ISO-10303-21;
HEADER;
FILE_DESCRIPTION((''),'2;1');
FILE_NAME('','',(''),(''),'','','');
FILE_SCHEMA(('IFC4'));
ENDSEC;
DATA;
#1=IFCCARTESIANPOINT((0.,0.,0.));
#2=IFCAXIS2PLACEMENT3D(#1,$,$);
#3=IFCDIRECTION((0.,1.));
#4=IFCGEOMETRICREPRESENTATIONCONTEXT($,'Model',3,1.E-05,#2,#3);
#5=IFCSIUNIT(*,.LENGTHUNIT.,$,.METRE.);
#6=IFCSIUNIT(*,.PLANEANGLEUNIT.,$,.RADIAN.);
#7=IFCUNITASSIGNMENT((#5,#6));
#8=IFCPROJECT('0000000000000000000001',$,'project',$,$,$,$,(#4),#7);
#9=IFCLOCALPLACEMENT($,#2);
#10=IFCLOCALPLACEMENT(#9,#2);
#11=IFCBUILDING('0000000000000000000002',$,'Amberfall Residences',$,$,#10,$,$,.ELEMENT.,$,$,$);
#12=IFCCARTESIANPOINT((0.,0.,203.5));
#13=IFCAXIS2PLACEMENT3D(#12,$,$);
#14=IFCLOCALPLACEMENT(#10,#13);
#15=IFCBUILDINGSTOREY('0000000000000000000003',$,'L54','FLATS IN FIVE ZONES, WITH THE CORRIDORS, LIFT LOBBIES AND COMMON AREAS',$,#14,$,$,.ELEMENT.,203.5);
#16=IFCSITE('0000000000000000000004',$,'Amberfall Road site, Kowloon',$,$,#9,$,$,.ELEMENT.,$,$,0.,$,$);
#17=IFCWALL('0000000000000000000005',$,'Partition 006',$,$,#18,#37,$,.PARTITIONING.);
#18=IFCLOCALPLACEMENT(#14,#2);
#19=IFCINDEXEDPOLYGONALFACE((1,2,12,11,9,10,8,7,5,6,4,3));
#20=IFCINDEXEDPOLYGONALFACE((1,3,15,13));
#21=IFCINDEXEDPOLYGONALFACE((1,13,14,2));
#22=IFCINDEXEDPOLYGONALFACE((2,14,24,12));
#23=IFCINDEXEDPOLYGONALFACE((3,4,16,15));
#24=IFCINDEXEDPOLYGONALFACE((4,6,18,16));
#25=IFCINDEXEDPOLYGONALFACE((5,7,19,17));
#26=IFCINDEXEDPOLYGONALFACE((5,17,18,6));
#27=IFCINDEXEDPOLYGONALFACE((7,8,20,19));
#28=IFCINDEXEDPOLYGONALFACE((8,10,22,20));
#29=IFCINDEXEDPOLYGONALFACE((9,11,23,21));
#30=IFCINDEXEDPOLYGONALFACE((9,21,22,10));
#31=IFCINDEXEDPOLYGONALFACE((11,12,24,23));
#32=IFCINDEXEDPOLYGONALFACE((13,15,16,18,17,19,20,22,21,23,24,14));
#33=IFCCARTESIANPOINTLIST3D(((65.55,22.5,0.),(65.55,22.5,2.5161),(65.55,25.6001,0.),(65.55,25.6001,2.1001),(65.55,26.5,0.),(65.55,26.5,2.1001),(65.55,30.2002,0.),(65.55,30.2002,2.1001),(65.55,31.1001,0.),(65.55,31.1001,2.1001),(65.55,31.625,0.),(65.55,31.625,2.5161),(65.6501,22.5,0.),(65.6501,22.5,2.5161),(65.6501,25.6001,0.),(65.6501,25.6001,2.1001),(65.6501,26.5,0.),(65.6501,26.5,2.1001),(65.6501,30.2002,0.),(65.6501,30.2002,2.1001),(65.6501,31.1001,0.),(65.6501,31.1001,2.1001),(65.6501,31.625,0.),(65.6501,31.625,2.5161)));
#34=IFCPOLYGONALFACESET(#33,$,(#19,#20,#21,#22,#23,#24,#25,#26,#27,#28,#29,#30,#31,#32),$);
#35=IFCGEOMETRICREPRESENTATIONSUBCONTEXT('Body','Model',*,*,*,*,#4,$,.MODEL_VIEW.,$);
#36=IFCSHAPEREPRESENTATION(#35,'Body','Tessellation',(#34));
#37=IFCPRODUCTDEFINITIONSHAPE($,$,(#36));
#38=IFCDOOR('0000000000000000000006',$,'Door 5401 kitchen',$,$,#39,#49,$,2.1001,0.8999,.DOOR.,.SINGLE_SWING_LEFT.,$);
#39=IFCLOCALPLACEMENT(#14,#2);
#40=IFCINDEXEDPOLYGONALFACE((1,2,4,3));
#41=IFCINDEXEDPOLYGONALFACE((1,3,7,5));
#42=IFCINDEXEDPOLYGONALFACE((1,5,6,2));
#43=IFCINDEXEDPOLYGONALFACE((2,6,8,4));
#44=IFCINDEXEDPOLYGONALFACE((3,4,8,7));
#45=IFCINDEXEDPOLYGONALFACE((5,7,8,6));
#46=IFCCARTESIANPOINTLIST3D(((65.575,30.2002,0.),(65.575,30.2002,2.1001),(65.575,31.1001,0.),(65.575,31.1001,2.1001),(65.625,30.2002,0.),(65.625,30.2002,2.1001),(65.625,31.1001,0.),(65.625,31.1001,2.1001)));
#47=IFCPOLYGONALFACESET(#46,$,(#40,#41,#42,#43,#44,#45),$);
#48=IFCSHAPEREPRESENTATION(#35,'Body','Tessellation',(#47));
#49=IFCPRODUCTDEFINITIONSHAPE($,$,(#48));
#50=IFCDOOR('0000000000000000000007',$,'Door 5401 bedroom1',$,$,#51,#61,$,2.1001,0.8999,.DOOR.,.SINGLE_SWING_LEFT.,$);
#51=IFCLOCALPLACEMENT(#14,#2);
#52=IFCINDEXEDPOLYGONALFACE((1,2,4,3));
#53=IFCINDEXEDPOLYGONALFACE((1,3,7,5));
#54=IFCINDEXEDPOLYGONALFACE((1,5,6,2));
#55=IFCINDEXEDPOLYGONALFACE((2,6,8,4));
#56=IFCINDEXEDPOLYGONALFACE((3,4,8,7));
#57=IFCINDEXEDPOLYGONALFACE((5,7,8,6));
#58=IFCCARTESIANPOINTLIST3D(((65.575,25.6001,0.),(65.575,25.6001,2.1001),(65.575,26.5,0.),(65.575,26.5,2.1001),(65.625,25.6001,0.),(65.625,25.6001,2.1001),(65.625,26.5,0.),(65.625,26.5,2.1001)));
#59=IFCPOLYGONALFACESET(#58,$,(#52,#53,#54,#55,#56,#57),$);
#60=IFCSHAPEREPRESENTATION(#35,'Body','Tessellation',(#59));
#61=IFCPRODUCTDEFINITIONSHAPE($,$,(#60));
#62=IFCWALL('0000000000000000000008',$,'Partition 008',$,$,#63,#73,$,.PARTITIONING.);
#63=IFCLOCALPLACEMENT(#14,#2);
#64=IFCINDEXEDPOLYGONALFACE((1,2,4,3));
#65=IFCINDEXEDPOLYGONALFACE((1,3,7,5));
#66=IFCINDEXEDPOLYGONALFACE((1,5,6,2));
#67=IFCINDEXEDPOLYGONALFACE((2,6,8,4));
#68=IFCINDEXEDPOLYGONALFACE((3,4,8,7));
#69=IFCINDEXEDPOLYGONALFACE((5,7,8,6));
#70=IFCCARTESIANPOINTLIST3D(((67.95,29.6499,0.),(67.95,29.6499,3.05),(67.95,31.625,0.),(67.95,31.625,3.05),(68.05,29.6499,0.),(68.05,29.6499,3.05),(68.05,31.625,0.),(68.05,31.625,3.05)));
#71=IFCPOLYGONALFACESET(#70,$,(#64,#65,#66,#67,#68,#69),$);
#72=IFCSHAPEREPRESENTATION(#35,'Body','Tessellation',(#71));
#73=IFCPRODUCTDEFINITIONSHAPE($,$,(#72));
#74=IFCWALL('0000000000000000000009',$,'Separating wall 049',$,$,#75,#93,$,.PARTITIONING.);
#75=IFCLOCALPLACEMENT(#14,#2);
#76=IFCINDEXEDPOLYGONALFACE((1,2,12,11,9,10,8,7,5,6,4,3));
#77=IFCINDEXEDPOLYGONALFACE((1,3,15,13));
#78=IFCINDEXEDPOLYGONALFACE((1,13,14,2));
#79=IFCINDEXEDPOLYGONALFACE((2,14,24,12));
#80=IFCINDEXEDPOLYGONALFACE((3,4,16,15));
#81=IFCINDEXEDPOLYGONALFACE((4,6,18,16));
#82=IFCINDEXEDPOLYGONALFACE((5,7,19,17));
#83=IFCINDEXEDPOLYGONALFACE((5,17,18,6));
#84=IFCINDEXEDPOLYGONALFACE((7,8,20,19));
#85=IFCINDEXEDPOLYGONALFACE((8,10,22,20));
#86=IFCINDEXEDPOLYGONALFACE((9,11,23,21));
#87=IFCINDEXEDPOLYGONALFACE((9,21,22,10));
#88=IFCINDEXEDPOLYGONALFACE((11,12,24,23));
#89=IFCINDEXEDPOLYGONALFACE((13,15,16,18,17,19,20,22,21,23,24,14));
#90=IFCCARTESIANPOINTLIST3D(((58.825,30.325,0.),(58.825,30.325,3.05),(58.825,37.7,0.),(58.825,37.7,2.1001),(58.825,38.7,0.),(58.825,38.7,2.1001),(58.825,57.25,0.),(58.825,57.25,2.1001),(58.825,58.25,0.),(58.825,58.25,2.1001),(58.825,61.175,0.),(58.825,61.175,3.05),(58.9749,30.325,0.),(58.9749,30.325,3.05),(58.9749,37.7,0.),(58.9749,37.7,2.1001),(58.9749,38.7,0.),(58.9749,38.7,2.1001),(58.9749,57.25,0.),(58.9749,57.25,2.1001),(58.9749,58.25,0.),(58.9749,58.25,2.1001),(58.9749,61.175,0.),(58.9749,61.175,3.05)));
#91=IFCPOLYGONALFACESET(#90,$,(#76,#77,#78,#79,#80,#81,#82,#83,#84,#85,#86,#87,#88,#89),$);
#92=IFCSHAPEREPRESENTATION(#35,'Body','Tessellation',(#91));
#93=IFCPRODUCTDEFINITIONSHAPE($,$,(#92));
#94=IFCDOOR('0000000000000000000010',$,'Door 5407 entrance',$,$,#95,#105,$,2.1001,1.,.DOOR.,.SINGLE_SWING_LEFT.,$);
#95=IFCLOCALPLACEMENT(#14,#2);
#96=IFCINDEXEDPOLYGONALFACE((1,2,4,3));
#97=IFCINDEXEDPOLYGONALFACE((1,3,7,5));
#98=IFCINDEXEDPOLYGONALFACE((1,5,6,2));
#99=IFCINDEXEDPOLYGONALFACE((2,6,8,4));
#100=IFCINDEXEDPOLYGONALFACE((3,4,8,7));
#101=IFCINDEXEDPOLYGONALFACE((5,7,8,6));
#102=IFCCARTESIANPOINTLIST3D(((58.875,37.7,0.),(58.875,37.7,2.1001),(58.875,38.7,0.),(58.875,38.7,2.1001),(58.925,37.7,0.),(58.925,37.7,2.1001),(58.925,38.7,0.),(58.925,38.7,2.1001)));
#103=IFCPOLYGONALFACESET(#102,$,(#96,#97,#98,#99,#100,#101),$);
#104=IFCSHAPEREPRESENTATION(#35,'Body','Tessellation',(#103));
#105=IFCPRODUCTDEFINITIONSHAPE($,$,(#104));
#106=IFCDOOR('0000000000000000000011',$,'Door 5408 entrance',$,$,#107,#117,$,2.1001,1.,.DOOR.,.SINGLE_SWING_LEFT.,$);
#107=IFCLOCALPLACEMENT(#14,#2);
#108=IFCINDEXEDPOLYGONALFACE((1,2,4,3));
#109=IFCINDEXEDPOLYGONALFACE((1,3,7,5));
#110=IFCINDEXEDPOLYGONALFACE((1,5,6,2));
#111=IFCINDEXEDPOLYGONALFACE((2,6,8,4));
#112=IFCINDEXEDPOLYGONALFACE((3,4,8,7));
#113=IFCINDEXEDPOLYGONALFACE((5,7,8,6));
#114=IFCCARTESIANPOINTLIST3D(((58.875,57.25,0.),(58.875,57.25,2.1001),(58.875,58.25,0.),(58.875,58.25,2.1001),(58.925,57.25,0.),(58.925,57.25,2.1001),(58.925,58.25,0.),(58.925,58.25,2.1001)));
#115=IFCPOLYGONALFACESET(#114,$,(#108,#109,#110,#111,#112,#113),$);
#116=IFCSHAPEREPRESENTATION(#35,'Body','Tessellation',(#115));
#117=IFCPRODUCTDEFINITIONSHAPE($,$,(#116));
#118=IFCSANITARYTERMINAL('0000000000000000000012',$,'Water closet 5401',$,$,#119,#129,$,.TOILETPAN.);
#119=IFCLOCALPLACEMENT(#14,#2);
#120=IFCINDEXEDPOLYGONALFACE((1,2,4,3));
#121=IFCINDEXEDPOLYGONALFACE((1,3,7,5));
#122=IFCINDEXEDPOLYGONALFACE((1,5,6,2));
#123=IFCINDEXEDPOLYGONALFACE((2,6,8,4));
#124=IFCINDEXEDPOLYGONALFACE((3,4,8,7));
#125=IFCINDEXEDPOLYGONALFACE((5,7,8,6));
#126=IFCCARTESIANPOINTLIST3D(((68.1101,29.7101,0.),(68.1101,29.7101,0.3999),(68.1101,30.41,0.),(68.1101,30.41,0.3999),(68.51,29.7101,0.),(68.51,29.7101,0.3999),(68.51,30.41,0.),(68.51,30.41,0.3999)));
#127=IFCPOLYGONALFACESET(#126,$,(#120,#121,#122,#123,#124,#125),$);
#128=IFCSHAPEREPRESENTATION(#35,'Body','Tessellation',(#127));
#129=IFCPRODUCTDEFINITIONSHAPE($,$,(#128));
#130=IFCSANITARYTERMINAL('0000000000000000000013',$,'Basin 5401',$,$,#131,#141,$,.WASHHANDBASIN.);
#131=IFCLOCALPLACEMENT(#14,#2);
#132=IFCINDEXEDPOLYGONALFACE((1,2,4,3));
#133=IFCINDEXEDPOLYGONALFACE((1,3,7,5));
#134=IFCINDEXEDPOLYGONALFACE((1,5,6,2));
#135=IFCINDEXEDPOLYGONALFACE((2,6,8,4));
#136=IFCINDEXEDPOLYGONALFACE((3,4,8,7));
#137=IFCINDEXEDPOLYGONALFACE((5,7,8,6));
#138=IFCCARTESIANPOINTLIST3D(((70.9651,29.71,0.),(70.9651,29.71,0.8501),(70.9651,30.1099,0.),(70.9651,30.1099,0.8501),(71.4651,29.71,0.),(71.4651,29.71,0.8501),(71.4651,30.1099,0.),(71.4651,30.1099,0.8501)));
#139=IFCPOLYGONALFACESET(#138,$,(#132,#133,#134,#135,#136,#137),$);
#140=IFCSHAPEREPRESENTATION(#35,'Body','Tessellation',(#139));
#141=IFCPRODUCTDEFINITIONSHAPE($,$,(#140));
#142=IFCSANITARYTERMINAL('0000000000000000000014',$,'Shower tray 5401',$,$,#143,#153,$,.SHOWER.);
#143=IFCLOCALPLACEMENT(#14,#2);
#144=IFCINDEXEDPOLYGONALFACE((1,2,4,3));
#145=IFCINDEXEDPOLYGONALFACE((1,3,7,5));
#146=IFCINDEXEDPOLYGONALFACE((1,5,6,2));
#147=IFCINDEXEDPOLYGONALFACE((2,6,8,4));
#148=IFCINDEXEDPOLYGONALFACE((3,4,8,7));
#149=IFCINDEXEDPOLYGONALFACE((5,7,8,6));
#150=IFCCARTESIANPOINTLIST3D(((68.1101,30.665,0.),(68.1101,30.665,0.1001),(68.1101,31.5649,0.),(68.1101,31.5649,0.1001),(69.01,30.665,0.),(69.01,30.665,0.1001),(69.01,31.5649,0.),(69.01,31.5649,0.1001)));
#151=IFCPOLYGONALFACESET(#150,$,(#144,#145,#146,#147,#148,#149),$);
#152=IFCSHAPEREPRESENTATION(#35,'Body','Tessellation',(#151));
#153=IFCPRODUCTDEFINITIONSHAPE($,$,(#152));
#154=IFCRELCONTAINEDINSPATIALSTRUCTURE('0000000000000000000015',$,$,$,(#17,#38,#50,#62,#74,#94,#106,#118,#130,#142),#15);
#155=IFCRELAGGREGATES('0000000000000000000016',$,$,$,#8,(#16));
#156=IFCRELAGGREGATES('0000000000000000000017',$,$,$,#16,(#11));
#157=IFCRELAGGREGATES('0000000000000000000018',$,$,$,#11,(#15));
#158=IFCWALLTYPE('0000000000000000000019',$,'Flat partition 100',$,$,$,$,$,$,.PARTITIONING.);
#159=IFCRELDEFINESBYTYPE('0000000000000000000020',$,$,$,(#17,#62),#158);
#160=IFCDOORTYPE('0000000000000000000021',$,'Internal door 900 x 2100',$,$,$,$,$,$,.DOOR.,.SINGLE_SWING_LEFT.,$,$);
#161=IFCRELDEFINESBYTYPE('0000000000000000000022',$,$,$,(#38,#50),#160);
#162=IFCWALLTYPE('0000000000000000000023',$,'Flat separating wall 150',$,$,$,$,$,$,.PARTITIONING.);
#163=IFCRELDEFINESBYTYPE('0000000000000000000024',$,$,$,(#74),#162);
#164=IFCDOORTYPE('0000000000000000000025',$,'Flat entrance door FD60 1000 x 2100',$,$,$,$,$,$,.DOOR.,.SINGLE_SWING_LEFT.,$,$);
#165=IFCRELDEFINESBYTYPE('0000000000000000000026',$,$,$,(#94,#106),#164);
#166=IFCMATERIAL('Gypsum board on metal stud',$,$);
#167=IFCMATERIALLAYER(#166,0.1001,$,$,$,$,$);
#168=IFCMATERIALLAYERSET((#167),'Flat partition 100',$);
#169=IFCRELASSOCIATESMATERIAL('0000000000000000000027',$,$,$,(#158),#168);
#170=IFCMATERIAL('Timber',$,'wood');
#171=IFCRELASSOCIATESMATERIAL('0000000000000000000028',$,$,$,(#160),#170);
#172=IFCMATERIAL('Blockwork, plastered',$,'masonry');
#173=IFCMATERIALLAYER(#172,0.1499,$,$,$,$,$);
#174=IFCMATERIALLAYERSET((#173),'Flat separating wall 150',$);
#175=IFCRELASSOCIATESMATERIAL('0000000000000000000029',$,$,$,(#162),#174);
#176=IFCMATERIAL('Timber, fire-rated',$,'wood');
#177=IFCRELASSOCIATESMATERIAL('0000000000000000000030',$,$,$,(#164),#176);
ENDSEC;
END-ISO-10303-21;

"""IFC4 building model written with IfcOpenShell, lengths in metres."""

from ifc_helpers import new_model, si_unit, direction, frame, frame_2d, origin, origin_2d, place, context, subcontext, project, spatial, rectangle, extrude, material, layer, layer_set, type_object, element, fill, save


model = new_model("IFC4")

# Units and contexts
model_context = context("Model", 3, precision=1e-05, world=origin(), true_north=direction((0.0, 1.0)))
body_context = subcontext(model_context, "Body", "Model", "MODEL_VIEW")
ifc_project = project(units=[si_unit("LENGTHUNIT", "METRE"), si_unit("PLANEANGLEUNIT", "RADIAN")], contexts=[model_context])

# Site, building, storey
site_placement = place(None, origin())
site = spatial("IfcSite", under=ifc_project, at=site_placement, Name="Amberfall Road site, Kowloon", CompositionType="ELEMENT", RefElevation=0.0)
building_placement = place(site_placement, origin())
building = spatial("IfcBuilding", under=site, at=building_placement, Name="Amberfall Residences", CompositionType="ELEMENT")
storey_placement = place(building_placement, frame((0.0, 0.0, 203.5)))
storey = spatial("IfcBuildingStorey", under=building, at=storey_placement, Name="L54", Description="FLATS IN FIVE ZONES, WITH THE CORRIDORS, LIFT LOBBIES AND COMMON AREAS", CompositionType="ELEMENT", Elevation=203.5)

# Wall, openings, doors
ifc_material_1 = material(Name="Gypsum board on metal stud")
ifc_layer_1 = layer(ifc_material_1, 0.1001)
ifc_layer_set_1 = layer_set([ifc_layer_1], Name="Flat partition 100")
wall_type_1 = type_object("IfcWallType", Name="Flat partition 100", PredefinedType="PARTITIONING", material=ifc_layer_set_1)
wall_1_placement = place(storey_placement, frame((65.6001, 31.625, 0.0), z_axis=(0.0, 0.0, 1.0), x_axis=(0.0, -1.0, 0.0)))
wall_1 = element("IfcWall", 1, at=wall_1_placement, inside=storey, type_object=wall_type_1, Name="Partition 006", PredefinedType="PARTITIONING", context=body_context, shape_type="SweptSolid", body=[
    extrude(rectangle(XDim=9.125, YDim=0.1001, at=frame_2d((4.5625, 0.0))), origin(), (0.0, 0.0, 1.0), 2.5161),
])
opening_1_placement = place(wall_1_placement, frame((0.5249, 0.0, 0.0)))
opening_1 = element("IfcOpeningElement", 2, at=opening_1_placement, cuts=wall_1, PredefinedType="OPENING", context=body_context, shape_type="SweptSolid", body=[
    extrude(rectangle(XDim=0.8999, YDim=2.1001, at=frame_2d((0.45, 1.05))), frame((0.0, 0.0601, 0.0), z_axis=(0.0, -1.0, 0.0), x_axis=(1.0, 0.0, 0.0)), (0.0, 0.0, 1.0), 0.1201),
])
opening_2_placement = place(wall_1_placement, frame((5.125, 0.0, 0.0)))
opening_2 = element("IfcOpeningElement", 3, at=opening_2_placement, cuts=wall_1, PredefinedType="OPENING", context=body_context, shape_type="SweptSolid", body=[
    extrude(rectangle(XDim=0.8999, YDim=2.1001, at=frame_2d((0.45, 1.05))), frame((0.0, 0.0601, 0.0), z_axis=(0.0, -1.0, 0.0), x_axis=(1.0, 0.0, 0.0)), (0.0, 0.0, 1.0), 0.1201),
])
ifc_material_2 = material(Name="Timber", Category="wood")
door_type_1 = type_object("IfcDoorType", Name="Internal door 900 x 2100", OperationType="SINGLE_SWING_LEFT", PredefinedType="DOOR", material=ifc_material_2)
door_1_placement = place(opening_1_placement, origin())
door_1 = element("IfcDoor", 4, at=door_1_placement, inside=storey, type_object=door_type_1, Name="Door 5401 kitchen", OperationType="SINGLE_SWING_LEFT", OverallHeight=2.1001, OverallWidth=0.8999, PredefinedType="DOOR", context=body_context, shape_type="SweptSolid", body=[
    extrude(rectangle(XDim=0.8999, YDim=2.1001, at=frame_2d((0.45, 1.05))), frame((0.0, 0.0249, 0.0), z_axis=(0.0, -1.0, 0.0), x_axis=(1.0, 0.0, 0.0)), (0.0, 0.0, 1.0), 0.05),
])
fill(opening_1, door_1)
door_2_placement = place(opening_2_placement, origin())
door_2 = element("IfcDoor", 5, at=door_2_placement, inside=storey, type_object=door_type_1, Name="Door 5401 bedroom1", OperationType="SINGLE_SWING_LEFT", OverallHeight=2.1001, OverallWidth=0.8999, PredefinedType="DOOR", context=body_context, shape_type="SweptSolid", body=[
    extrude(rectangle(XDim=0.8999, YDim=2.1001, at=frame_2d((0.45, 1.05))), frame((0.0, 0.0249, 0.0), z_axis=(0.0, -1.0, 0.0), x_axis=(1.0, 0.0, 0.0)), (0.0, 0.0, 1.0), 0.05),
])
fill(opening_2, door_2)

# Wall
wall_2_placement = place(storey_placement, frame((68.0, 29.6499, 0.0), z_axis=(0.0, 0.0, 1.0), x_axis=(0.0, 1.0, 0.0)))
element("IfcWall", 6, at=wall_2_placement, inside=storey, type_object=wall_type_1, Name="Partition 008", PredefinedType="PARTITIONING", context=body_context, shape_type="SweptSolid", body=[
    extrude(rectangle(XDim=1.9751, YDim=0.1001, at=frame_2d((0.9875, 0.0))), origin(), (0.0, 0.0, 1.0), 3.05),
])

# Wall, openings, doors
ifc_material_3 = material(Name="Blockwork, plastered", Category="masonry")
ifc_layer_2 = layer(ifc_material_3, 0.1499)
ifc_layer_set_2 = layer_set([ifc_layer_2], Name="Flat separating wall 150")
wall_type_2 = type_object("IfcWallType", Name="Flat separating wall 150", PredefinedType="PARTITIONING", material=ifc_layer_set_2)
wall_3_placement = place(storey_placement, frame((58.8999, 30.325, 0.0), z_axis=(0.0, 0.0, 1.0), x_axis=(0.0, 1.0, 0.0)))
wall_3 = element("IfcWall", 7, at=wall_3_placement, inside=storey, type_object=wall_type_2, Name="Separating wall 049", PredefinedType="PARTITIONING", context=body_context, shape_type="SweptSolid", body=[
    extrude(rectangle(XDim=30.8501, YDim=0.1499, at=frame_2d((15.425, 0.0))), origin(), (0.0, 0.0, 1.0), 3.05),
])
opening_3_placement = place(wall_3_placement, frame((7.375, 0.0, 0.0)))
opening_3 = element("IfcOpeningElement", 8, at=opening_3_placement, cuts=wall_3, PredefinedType="OPENING", context=body_context, shape_type="SweptSolid", body=[
    extrude(rectangle(XDim=1.0, YDim=2.1001, at=frame_2d((0.5, 1.05))), frame((0.0, 0.085, 0.0), z_axis=(0.0, -1.0, 0.0), x_axis=(1.0, 0.0, 0.0)), (0.0, 0.0, 1.0), 0.1699),
])
opening_4_placement = place(wall_3_placement, frame((26.925, 0.0, 0.0)))
opening_4 = element("IfcOpeningElement", 9, at=opening_4_placement, cuts=wall_3, PredefinedType="OPENING", context=body_context, shape_type="SweptSolid", body=[
    extrude(rectangle(XDim=1.0, YDim=2.1001, at=frame_2d((0.5, 1.05))), frame((0.0, 0.085, 0.0), z_axis=(0.0, -1.0, 0.0), x_axis=(1.0, 0.0, 0.0)), (0.0, 0.0, 1.0), 0.1699),
])
ifc_material_4 = material(Name="Timber, fire-rated", Category="wood")
door_type_2 = type_object("IfcDoorType", Name="Flat entrance door FD60 1000 x 2100", OperationType="SINGLE_SWING_LEFT", PredefinedType="DOOR", material=ifc_material_4)
door_3_placement = place(opening_3_placement, origin())
door_3 = element("IfcDoor", 10, at=door_3_placement, inside=storey, type_object=door_type_2, Name="Door 5407 entrance", OperationType="SINGLE_SWING_LEFT", OverallHeight=2.1001, OverallWidth=1.0, PredefinedType="DOOR", context=body_context, shape_type="SweptSolid", body=[
    extrude(rectangle(XDim=1.0, YDim=2.1001, at=frame_2d((0.5, 1.05))), frame((0.0, 0.0249, 0.0), z_axis=(0.0, -1.0, 0.0), x_axis=(1.0, 0.0, 0.0)), (0.0, 0.0, 1.0), 0.05),
])
fill(opening_3, door_3)
door_4_placement = place(opening_4_placement, origin())
door_4 = element("IfcDoor", 11, at=door_4_placement, inside=storey, type_object=door_type_2, Name="Door 5408 entrance", OperationType="SINGLE_SWING_LEFT", OverallHeight=2.1001, OverallWidth=1.0, PredefinedType="DOOR", context=body_context, shape_type="SweptSolid", body=[
    extrude(rectangle(XDim=1.0, YDim=2.1001, at=frame_2d((0.5, 1.05))), frame((0.0, 0.0249, 0.0), z_axis=(0.0, -1.0, 0.0), x_axis=(1.0, 0.0, 0.0)), (0.0, 0.0, 1.0), 0.05),
])
fill(opening_4, door_4)

# Sanitary terminals
sanitary_terminal_1_placement = place(storey_placement, frame((68.3101, 30.0601, 0.0), z_axis=(0.0, 0.0, 1.0), x_axis=(1.0, 0.0, 0.0)))
element("IfcSanitaryTerminal", 12, at=sanitary_terminal_1_placement, inside=storey, Name="Water closet 5401", PredefinedType="TOILETPAN", context=body_context, shape_type="SweptSolid", body=[
    extrude(rectangle(XDim=0.3999, YDim=0.7, at=origin_2d()), origin(), (0.0, 0.0, 1.0), 0.3999),
])
sanitary_terminal_2_placement = place(storey_placement, frame((71.2151, 29.9099, 0.0), z_axis=(0.0, 0.0, 1.0), x_axis=(1.0, 0.0, 0.0)))
element("IfcSanitaryTerminal", 13, at=sanitary_terminal_2_placement, inside=storey, Name="Basin 5401", PredefinedType="WASHHANDBASIN", context=body_context, shape_type="SweptSolid", body=[
    extrude(rectangle(XDim=0.5, YDim=0.3999, at=origin_2d()), origin(), (0.0, 0.0, 1.0), 0.8501),
])
sanitary_terminal_3_placement = place(storey_placement, frame((68.5601, 31.115, 0.0), z_axis=(0.0, 0.0, 1.0), x_axis=(1.0, 0.0, 0.0)))
element("IfcSanitaryTerminal", 14, at=sanitary_terminal_3_placement, inside=storey, Name="Shower tray 5401", PredefinedType="SHOWER", context=body_context, shape_type="SweptSolid", body=[
    extrude(rectangle(XDim=0.8999, YDim=0.8999, at=origin_2d()), origin(), (0.0, 0.0, 1.0), 0.1001),
])

save(model, "model.ifc")
